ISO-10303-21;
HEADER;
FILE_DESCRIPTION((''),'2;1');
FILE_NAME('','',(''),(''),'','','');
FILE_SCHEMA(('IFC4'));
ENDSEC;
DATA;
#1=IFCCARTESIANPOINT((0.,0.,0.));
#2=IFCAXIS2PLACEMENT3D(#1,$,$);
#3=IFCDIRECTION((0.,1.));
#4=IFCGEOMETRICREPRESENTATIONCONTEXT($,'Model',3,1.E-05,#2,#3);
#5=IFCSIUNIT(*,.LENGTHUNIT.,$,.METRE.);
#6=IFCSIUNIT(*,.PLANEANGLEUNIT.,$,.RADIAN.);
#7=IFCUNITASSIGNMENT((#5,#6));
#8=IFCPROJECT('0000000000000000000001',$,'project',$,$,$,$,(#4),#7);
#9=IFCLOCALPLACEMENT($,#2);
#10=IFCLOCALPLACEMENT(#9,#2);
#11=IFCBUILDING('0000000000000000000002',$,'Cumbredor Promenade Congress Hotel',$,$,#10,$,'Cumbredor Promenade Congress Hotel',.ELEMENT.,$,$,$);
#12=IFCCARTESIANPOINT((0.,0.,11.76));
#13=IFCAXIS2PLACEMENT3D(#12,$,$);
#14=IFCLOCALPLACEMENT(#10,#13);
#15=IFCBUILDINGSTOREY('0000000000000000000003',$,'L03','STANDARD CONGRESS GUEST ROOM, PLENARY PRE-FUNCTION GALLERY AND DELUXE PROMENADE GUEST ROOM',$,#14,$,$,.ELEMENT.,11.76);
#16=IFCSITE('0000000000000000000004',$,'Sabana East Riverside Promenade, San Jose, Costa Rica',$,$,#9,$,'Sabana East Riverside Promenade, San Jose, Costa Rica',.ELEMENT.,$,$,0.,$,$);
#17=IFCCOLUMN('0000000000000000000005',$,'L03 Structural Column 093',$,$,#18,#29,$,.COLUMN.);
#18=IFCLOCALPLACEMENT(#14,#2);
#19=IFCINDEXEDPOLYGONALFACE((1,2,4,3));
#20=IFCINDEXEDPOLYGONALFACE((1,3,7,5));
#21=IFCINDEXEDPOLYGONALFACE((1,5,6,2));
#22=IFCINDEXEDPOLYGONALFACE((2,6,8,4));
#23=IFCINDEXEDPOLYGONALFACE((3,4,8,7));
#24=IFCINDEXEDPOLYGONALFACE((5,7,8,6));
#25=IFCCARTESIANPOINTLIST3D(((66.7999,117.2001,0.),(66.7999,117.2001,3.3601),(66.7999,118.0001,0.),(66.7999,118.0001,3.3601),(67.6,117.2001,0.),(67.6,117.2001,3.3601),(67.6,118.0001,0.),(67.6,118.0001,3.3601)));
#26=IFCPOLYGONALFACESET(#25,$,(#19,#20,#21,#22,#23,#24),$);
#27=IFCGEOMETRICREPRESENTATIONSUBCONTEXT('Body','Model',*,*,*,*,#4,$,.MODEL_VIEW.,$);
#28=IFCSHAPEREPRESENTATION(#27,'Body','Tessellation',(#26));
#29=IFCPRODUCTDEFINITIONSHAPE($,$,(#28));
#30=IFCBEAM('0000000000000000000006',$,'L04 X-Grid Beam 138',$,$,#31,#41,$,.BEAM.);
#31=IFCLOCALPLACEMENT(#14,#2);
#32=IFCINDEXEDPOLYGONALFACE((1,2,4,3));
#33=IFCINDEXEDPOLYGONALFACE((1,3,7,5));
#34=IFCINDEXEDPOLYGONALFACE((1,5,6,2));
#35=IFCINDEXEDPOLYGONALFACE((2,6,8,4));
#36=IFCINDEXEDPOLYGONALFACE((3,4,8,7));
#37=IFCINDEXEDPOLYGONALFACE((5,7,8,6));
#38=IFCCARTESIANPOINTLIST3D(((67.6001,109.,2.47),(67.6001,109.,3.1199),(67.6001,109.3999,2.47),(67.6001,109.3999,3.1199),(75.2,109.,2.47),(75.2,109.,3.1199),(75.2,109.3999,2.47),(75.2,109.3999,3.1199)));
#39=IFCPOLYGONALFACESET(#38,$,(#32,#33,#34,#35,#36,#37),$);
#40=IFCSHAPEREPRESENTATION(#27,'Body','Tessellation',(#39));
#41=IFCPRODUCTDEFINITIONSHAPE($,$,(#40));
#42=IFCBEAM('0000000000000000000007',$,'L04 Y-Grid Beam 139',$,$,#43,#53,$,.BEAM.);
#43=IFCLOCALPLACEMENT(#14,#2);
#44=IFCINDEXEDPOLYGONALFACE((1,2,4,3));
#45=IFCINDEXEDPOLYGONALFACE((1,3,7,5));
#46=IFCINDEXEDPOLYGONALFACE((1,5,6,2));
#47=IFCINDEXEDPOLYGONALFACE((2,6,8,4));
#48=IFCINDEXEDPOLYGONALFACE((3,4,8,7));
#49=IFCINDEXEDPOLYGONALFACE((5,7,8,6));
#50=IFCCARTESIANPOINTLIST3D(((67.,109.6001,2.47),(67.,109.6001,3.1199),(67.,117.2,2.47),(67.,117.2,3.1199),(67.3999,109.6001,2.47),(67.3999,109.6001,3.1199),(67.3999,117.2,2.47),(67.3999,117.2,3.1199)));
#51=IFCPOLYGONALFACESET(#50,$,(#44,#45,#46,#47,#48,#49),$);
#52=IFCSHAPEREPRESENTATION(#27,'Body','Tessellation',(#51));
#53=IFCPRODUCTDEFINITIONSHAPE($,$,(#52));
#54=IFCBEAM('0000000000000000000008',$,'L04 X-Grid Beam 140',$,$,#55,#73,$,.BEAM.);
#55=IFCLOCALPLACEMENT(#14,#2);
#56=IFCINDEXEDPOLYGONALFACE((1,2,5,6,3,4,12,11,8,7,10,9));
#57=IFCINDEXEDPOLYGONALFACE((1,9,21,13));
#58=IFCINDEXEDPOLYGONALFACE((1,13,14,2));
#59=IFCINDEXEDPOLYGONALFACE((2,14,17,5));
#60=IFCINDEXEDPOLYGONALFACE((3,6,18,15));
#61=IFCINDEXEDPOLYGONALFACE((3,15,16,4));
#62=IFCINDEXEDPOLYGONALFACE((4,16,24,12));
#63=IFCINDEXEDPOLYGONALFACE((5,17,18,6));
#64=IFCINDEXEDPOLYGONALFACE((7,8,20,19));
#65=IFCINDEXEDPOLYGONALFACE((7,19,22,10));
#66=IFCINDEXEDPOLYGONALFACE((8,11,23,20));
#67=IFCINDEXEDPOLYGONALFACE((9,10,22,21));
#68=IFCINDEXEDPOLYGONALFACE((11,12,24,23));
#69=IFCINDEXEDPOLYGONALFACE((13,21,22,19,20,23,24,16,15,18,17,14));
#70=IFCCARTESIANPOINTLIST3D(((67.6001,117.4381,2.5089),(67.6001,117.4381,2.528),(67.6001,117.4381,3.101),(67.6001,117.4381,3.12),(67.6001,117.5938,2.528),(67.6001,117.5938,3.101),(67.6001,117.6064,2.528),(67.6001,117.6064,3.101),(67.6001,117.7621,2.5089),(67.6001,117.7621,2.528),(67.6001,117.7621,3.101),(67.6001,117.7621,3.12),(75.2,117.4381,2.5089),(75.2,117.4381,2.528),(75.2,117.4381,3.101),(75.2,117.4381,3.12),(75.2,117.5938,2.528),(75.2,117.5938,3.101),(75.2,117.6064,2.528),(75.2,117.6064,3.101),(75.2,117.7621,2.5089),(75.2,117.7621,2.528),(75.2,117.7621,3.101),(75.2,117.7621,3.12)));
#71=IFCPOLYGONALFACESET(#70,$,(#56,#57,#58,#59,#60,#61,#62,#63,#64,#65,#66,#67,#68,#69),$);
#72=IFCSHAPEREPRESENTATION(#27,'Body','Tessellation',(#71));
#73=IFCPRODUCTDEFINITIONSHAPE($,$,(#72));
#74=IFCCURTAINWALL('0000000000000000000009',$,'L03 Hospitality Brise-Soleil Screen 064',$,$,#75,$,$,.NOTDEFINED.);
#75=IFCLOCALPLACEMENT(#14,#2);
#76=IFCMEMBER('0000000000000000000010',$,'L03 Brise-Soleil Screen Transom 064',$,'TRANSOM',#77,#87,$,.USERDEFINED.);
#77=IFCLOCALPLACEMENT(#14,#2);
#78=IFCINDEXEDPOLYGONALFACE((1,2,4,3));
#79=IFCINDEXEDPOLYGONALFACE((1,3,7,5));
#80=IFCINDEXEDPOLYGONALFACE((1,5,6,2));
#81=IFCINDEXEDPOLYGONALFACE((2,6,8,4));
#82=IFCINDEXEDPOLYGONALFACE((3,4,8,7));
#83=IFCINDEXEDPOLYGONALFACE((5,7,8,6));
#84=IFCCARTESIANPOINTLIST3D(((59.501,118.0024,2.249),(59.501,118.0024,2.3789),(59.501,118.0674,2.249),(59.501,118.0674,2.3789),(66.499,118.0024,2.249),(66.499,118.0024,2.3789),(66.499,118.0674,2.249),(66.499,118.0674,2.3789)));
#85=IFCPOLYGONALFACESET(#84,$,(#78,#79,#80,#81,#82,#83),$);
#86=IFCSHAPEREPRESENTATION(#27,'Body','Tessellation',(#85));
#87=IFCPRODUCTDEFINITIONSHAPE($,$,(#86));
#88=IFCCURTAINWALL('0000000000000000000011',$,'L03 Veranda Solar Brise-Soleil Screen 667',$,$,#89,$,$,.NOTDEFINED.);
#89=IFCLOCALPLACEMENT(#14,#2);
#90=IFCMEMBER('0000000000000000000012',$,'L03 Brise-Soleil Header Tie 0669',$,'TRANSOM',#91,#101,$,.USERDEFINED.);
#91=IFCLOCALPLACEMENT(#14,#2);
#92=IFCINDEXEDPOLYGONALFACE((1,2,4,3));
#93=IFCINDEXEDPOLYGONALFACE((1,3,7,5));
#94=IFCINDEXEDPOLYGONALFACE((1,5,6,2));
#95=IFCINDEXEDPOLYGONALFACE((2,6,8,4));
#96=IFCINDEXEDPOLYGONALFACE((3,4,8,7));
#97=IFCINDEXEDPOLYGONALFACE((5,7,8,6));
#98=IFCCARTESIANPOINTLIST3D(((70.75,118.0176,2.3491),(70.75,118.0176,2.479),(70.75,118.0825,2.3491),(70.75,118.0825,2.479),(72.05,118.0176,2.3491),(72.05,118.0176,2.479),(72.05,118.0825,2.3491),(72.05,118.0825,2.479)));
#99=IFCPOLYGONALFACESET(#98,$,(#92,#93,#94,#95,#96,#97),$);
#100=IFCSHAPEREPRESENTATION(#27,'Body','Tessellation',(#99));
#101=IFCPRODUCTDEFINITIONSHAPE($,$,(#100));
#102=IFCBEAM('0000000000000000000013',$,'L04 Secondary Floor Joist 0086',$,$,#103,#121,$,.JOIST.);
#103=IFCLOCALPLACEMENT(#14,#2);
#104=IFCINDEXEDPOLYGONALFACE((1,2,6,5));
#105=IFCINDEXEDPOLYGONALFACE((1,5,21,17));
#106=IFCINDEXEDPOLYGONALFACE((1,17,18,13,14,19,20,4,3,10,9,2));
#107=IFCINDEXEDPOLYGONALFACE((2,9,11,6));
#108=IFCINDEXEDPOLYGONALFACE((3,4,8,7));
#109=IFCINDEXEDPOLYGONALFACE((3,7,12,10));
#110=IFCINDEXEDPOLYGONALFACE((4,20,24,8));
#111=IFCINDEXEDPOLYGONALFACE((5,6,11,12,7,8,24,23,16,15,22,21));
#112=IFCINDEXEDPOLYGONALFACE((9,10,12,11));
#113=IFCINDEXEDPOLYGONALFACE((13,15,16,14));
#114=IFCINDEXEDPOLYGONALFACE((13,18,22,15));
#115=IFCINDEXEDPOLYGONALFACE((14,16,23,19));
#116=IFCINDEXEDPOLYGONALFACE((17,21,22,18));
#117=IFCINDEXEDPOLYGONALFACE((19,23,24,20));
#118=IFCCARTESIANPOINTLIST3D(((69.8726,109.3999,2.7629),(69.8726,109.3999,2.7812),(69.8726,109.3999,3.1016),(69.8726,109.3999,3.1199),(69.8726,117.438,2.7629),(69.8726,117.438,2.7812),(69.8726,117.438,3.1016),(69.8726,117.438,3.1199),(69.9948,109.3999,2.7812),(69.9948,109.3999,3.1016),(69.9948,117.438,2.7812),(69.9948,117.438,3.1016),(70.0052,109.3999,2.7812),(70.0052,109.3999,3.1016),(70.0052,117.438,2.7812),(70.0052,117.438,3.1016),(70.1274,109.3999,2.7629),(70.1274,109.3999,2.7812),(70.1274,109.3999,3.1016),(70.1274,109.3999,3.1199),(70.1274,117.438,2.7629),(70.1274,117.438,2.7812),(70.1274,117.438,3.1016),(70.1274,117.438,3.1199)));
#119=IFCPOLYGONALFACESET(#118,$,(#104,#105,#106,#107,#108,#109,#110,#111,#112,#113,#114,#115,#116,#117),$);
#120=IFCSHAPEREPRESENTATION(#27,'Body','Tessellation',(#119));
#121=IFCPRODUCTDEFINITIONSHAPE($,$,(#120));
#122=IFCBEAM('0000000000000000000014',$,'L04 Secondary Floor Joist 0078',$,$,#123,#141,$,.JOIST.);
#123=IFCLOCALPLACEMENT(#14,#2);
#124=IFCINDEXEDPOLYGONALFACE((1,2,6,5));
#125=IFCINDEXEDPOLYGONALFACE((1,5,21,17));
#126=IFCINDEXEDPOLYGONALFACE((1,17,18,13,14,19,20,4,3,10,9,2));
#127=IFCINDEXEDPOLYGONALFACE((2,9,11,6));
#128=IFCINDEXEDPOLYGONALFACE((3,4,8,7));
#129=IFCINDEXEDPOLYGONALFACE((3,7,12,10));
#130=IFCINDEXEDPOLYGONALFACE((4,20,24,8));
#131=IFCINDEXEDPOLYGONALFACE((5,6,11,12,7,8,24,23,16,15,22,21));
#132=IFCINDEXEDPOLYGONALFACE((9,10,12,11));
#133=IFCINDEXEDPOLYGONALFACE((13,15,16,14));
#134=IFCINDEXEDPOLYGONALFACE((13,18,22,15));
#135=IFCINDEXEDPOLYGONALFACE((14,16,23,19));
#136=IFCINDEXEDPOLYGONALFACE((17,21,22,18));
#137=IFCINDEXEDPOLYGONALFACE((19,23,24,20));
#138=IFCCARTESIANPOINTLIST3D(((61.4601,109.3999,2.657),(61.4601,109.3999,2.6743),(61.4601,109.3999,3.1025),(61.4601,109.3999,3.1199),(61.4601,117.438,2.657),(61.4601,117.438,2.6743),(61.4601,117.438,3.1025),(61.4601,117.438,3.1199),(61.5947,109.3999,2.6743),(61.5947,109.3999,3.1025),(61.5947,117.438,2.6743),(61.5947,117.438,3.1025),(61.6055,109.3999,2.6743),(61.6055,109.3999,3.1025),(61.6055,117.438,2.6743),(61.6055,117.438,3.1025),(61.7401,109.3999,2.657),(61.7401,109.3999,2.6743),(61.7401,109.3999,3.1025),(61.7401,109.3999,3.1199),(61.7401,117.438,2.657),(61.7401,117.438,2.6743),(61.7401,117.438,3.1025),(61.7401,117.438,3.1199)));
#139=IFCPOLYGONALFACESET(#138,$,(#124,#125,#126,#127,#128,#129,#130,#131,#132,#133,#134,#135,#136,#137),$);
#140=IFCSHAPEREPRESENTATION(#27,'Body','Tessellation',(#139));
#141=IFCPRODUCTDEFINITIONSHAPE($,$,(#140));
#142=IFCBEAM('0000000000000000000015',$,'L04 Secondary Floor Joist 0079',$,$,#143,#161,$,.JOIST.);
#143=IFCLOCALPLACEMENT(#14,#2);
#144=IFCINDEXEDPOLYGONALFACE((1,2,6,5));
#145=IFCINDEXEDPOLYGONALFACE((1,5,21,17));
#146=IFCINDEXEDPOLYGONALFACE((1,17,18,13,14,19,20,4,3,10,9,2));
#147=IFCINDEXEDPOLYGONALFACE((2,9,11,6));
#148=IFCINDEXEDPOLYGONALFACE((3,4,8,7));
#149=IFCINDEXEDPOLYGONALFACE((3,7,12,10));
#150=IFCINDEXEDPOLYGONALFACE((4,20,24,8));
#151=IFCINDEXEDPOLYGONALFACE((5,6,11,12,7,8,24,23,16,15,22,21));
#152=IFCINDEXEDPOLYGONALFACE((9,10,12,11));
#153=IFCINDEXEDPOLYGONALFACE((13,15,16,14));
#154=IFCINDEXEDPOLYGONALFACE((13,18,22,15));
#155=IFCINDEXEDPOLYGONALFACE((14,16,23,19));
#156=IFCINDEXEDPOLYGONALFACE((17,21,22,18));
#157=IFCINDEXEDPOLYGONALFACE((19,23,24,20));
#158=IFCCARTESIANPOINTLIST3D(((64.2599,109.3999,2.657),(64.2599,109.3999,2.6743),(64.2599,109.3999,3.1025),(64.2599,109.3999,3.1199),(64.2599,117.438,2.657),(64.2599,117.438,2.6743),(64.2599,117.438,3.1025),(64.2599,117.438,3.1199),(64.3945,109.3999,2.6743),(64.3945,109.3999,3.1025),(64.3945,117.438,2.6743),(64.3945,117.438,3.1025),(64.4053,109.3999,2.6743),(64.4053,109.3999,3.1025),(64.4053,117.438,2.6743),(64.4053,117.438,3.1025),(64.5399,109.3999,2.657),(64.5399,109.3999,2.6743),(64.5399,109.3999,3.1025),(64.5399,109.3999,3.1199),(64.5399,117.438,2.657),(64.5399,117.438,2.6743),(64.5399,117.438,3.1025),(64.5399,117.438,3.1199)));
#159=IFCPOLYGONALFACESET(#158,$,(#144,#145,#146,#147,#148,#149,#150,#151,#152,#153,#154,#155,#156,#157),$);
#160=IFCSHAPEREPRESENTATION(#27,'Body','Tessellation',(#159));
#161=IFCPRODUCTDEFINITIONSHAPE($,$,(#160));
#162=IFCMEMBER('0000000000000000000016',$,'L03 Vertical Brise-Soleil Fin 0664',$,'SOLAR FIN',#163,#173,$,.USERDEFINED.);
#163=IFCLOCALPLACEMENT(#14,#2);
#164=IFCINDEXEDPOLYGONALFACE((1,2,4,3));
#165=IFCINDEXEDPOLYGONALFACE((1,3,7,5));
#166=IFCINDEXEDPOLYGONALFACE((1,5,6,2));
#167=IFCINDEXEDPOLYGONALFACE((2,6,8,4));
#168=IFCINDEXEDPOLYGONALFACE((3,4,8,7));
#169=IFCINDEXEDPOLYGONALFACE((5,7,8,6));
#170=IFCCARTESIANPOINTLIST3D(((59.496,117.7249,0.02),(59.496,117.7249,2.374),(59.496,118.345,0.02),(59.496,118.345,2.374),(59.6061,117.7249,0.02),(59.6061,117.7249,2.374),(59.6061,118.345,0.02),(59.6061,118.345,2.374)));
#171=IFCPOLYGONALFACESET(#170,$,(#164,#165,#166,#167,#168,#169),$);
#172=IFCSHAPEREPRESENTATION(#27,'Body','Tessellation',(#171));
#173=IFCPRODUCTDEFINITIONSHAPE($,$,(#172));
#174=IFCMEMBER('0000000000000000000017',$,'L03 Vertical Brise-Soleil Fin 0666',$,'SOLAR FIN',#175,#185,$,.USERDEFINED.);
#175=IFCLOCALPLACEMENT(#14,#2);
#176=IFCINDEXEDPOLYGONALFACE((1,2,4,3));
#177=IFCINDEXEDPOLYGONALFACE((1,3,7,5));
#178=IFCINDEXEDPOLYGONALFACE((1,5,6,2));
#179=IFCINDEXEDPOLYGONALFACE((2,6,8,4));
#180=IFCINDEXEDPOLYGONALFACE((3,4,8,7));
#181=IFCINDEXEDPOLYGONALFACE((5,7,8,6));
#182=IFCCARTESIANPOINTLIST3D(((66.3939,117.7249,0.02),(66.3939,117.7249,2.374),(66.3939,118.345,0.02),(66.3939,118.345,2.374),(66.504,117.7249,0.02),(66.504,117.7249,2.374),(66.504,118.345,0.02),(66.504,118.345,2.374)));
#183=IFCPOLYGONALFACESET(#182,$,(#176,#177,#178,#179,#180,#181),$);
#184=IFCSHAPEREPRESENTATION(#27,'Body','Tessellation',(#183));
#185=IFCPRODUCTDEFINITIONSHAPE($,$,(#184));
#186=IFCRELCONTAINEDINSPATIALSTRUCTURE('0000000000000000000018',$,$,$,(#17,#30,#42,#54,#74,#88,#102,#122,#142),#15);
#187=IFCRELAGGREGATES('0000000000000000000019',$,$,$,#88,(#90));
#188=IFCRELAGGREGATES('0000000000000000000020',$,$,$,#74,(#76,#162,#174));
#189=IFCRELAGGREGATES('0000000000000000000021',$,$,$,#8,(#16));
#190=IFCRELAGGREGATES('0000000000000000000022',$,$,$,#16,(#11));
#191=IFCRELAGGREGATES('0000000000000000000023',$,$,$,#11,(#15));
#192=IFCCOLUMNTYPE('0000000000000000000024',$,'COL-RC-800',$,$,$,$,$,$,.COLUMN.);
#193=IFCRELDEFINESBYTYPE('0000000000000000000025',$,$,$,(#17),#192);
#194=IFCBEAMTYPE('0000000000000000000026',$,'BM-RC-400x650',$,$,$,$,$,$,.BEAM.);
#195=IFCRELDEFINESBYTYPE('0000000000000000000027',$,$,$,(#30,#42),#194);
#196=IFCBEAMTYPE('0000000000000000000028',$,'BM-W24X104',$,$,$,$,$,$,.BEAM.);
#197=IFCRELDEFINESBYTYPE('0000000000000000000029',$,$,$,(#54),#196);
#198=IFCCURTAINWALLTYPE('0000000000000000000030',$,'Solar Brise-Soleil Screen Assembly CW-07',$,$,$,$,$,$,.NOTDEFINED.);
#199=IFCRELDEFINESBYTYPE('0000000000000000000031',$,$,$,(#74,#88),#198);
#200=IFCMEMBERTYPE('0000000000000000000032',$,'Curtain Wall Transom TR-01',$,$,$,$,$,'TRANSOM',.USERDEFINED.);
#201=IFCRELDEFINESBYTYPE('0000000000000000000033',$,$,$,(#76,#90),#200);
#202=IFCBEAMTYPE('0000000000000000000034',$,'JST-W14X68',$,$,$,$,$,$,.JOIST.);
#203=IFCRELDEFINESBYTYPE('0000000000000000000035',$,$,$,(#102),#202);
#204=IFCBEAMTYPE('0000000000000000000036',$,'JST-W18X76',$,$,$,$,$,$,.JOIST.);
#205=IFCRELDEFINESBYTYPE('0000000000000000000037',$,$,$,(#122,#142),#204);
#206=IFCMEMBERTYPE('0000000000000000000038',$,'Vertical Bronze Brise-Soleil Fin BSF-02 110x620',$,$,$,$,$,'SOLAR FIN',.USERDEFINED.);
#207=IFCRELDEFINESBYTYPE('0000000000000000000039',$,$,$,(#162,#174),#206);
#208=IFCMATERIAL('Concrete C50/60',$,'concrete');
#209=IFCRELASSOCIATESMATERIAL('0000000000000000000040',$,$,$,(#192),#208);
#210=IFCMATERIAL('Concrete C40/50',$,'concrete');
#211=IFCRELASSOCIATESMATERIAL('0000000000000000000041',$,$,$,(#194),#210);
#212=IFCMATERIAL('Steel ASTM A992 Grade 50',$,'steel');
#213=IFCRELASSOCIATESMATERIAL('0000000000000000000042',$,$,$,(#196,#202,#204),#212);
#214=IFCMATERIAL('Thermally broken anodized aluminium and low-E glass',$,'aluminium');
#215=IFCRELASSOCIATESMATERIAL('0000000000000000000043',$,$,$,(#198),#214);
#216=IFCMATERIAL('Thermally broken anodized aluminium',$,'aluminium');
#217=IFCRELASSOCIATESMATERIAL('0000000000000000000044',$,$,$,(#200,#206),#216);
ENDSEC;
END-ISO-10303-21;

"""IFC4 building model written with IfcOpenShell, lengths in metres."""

from ifc_helpers import new_model, si_unit, direction, frame, origin, origin_2d, place, context, subcontext, project, spatial, rectangle, i_section, extrude, material, material_profile, profile_set, type_object, element, aggregate, save


model = new_model("IFC4")

# Units and contexts
model_context = context("Model", 3, precision=1e-05, world=origin(), true_north=direction((0.0, 1.0)))
body_context = subcontext(model_context, "Body", "Model", "MODEL_VIEW")
ifc_project = project(units=[si_unit("LENGTHUNIT", "METRE"), si_unit("PLANEANGLEUNIT", "RADIAN")], contexts=[model_context])

# Site, building, storey
site_placement = place(None, origin())
site = spatial("IfcSite", under=ifc_project, at=site_placement, Name="Sabana East Riverside Promenade, San Jose, Costa Rica", LongName="Sabana East Riverside Promenade, San Jose, Costa Rica", CompositionType="ELEMENT", RefElevation=0.0)
building_placement = place(site_placement, origin())
building = spatial("IfcBuilding", under=site, at=building_placement, Name="Cumbredor Promenade Congress Hotel", LongName="Cumbredor Promenade Congress Hotel", CompositionType="ELEMENT")
storey_placement = place(building_placement, frame((0.0, 0.0, 11.76)))
storey = spatial("IfcBuildingStorey", under=building, at=storey_placement, Name="L03", Description="STANDARD CONGRESS GUEST ROOM, PLENARY PRE-FUNCTION GALLERY AND DELUXE PROMENADE GUEST ROOM", CompositionType="ELEMENT", Elevation=11.76)

# Column
ifc_material_1 = material(Name="Concrete C50/60", Category="concrete")
ifc_material_profile_1 = material_profile(ifc_material_1, rectangle(XDim=0.8, YDim=0.8, at=origin_2d()), Name="RC 800x800")
ifc_profile_set_1 = profile_set([ifc_material_profile_1], Name="Concrete C50/60")
column_type = type_object("IfcColumnType", Name="COL-RC-800", PredefinedType="COLUMN", material=ifc_profile_set_1)
column_placement = place(storey_placement, frame((67.2, 117.6001, 0.0), z_axis=(0.0, 0.0, 1.0), x_axis=(1.0, 0.0, 0.0)))
element("IfcColumn", 1, at=column_placement, inside=storey, type_object=column_type, Name="L03 Structural Column 093", PredefinedType="COLUMN", context=body_context, shape_type="SweptSolid", body=[
    extrude(rectangle(XDim=0.8, YDim=0.8, at=origin_2d()), origin(), (0.0, 0.0, 1.0), 3.3601),
])

# Beams
ifc_material_2 = material(Name="Concrete C40/50", Category="concrete")
ifc_material_profile_2 = material_profile(ifc_material_2, rectangle(XDim=0.3999, YDim=0.6499, at=origin_2d()), Name="RC BEAM 400x650")
ifc_profile_set_2 = profile_set([ifc_material_profile_2], Name="Concrete C40/50")
beam_type_1 = type_object("IfcBeamType", Name="BM-RC-400x650", PredefinedType="BEAM", material=ifc_profile_set_2)
for number, where, z_axis, x_axis, name in (
    (2, (67.6001, 109.2, 2.7949), (1.0, 0.0, 0.0), (0.0, 1.0, 0.0), "L04 X-Grid Beam 138"),
    (3, (67.2, 109.6001, 2.7949), (0.0, 1.0, 0.0), (-1.0, 0.0, 0.0), "L04 Y-Grid Beam 139"),
):
    element("IfcBeam", number, at=place(storey_placement, frame(where, z_axis=z_axis, x_axis=x_axis)), inside=storey, type_object=beam_type_1, Name=name, PredefinedType="BEAM", context=body_context, shape_type="SweptSolid", body=[
        extrude(rectangle(XDim=0.3999, YDim=0.6499, at=origin_2d()), origin(), (0.0, 0.0, 1.0), 7.5999),
    ])
ifc_material_3 = material(Name="Steel ASTM A992 Grade 50", Category="steel")
ifc_material_profile_3 = material_profile(ifc_material_3, i_section(OverallWidth=0.324, OverallDepth=0.6111, WebThickness=0.0127, FlangeThickness=0.019, at=origin_2d()), Name="W24X104")
ifc_profile_set_3 = profile_set([ifc_material_profile_3], Name="Steel ASTM A992 Grade 50")
beam_type_2 = type_object("IfcBeamType", Name="BM-W24X104", PredefinedType="BEAM", material=ifc_profile_set_3)
beam_1_placement = place(storey_placement, frame((67.6001, 117.6001, 2.8145), z_axis=(1.0, 0.0, 0.0), x_axis=(0.0, 1.0, 0.0)))
element("IfcBeam", 4, at=beam_1_placement, inside=storey, type_object=beam_type_2, Name="L04 X-Grid Beam 140", PredefinedType="BEAM", context=body_context, shape_type="SweptSolid", body=[
    extrude(i_section(OverallWidth=0.324, OverallDepth=0.6111, WebThickness=0.0127, FlangeThickness=0.019, at=origin_2d()), origin(), (0.0, 0.0, 1.0), 7.5999),
])

# Curtain walls, members
ifc_material_4 = material(Name="Thermally broken anodized aluminium and low-E glass", Category="aluminium")
curtain_wall_type = type_object("IfcCurtainWallType", Name="Solar Brise-Soleil Screen Assembly CW-07", PredefinedType="NOTDEFINED", material=ifc_material_4)
curtain_wall_1_placement = place(storey_placement, origin())
curtain_wall_1 = element("IfcCurtainWall", 5, at=curtain_wall_1_placement, inside=storey, type_object=curtain_wall_type, Name="L03 Hospitality Brise-Soleil Screen 064", PredefinedType="NOTDEFINED")
ifc_material_5 = material(Name="Thermally broken anodized aluminium", Category="aluminium")
ifc_material_profile_4 = material_profile(ifc_material_5, rectangle(XDim=0.0649, YDim=0.1299, at=origin_2d()), Name="ALU TRANSOM 65x130")
ifc_profile_set_4 = profile_set([ifc_material_profile_4], Name="Thermally broken anodized aluminium")
member_type_1 = type_object("IfcMemberType", Name="Curtain Wall Transom TR-01", ElementType="TRANSOM", PredefinedType="USERDEFINED", material=ifc_profile_set_4)
member_1_placement = place(storey_placement, frame((59.501, 118.0349, 2.314), z_axis=(1.0, 0.0, 0.0), x_axis=(0.0, 1.0, 0.0)))
member_1 = element("IfcMember", 6, at=member_1_placement, type_object=member_type_1, Name="L03 Brise-Soleil Screen Transom 064", ObjectType="TRANSOM", PredefinedType="USERDEFINED", context=body_context, shape_type="SweptSolid", body=[
    extrude(rectangle(XDim=0.0649, YDim=0.1299, at=origin_2d()), origin(), (0.0, 0.0, 1.0), 6.998),
])
curtain_wall_2_placement = place(storey_placement, origin())
curtain_wall_2 = element("IfcCurtainWall", 7, at=curtain_wall_2_placement, inside=storey, type_object=curtain_wall_type, Name="L03 Veranda Solar Brise-Soleil Screen 667", PredefinedType="NOTDEFINED")
member_2_placement = place(storey_placement, frame((70.75, 118.05, 2.4141), z_axis=(1.0, 0.0, 0.0), x_axis=(0.0, 1.0, 0.0)))
member_2 = element("IfcMember", 8, at=member_2_placement, type_object=member_type_1, Name="L03 Brise-Soleil Header Tie 0669", ObjectType="TRANSOM", PredefinedType="USERDEFINED", context=body_context, shape_type="SweptSolid", body=[
    extrude(rectangle(XDim=0.0649, YDim=0.1299, at=origin_2d()), origin(), (0.0, 0.0, 1.0), 1.3),
])

# Beams
ifc_material_profile_5 = material_profile(ifc_material_3, i_section(OverallWidth=0.2549, OverallDepth=0.3569, WebThickness=0.0105, FlangeThickness=0.0183, at=origin_2d()), Name="W14X68")
ifc_profile_set_5 = profile_set([ifc_material_profile_5], Name="Steel ASTM A992 Grade 50")
beam_type_3 = type_object("IfcBeamType", Name="JST-W14X68", PredefinedType="JOIST", material=ifc_profile_set_5)
beam_2_placement = place(storey_placement, frame((70.0, 109.3999, 2.9414), z_axis=(0.0, 1.0, 0.0), x_axis=(-1.0, 0.0, 0.0)))
element("IfcBeam", 9, at=beam_2_placement, inside=storey, type_object=beam_type_3, Name="L04 Secondary Floor Joist 0086", PredefinedType="JOIST", context=body_context, shape_type="SweptSolid", body=[
    extrude(i_section(OverallWidth=0.2549, OverallDepth=0.3569, WebThickness=0.0105, FlangeThickness=0.0183, at=origin_2d()), origin(), (0.0, 0.0, 1.0), 8.0381),
])
ifc_material_profile_6 = material_profile(ifc_material_3, i_section(OverallWidth=0.28, OverallDepth=0.4629, WebThickness=0.0107, FlangeThickness=0.0173, at=origin_2d()), Name="W18X76")
ifc_profile_set_6 = profile_set([ifc_material_profile_6], Name="Steel ASTM A992 Grade 50")
beam_type_4 = type_object("IfcBeamType", Name="JST-W18X76", PredefinedType="JOIST", material=ifc_profile_set_6)
for number, where, z_axis, x_axis, name in (
    (10, (61.6001, 109.3999, 2.8884), (0.0, 1.0, 0.0), (-1.0, 0.0, 0.0), "L04 Secondary Floor Joist 0078"),
    (11, (64.3999, 109.3999, 2.8884), (0.0, 1.0, 0.0), (-1.0, 0.0, 0.0), "L04 Secondary Floor Joist 0079"),
):
    element("IfcBeam", number, at=place(storey_placement, frame(where, z_axis=z_axis, x_axis=x_axis)), inside=storey, type_object=beam_type_4, Name=name, PredefinedType="JOIST", context=body_context, shape_type="SweptSolid", body=[
        extrude(i_section(OverallWidth=0.28, OverallDepth=0.4629, WebThickness=0.0107, FlangeThickness=0.0173, at=origin_2d()), origin(), (0.0, 0.0, 1.0), 8.0381),
    ])

# Members
ifc_material_profile_7 = material_profile(ifc_material_5, rectangle(XDim=0.1101, YDim=0.6201, at=origin_2d()), Name="ARCH FIN 110x620")
ifc_profile_set_7 = profile_set([ifc_material_profile_7], Name="Thermally broken anodized aluminium")
member_type_2 = type_object("IfcMemberType", Name="Vertical Bronze Brise-Soleil Fin BSF-02 110x620", ElementType="SOLAR FIN", PredefinedType="USERDEFINED", material=ifc_profile_set_7)
member_3_placement = place(storey_placement, frame((59.551, 118.0349, 0.02), z_axis=(0.0, 0.0, 1.0), x_axis=(1.0, 0.0, 0.0)))
member_3 = element("IfcMember", 12, at=member_3_placement, type_object=member_type_2, Name="L03 Vertical Brise-Soleil Fin 0664", ObjectType="SOLAR FIN", PredefinedType="USERDEFINED", context=body_context, shape_type="SweptSolid", body=[
    extrude(rectangle(XDim=0.1101, YDim=0.6201, at=origin_2d()), origin(), (0.0, 0.0, 1.0), 2.354),
])
member_4_placement = place(storey_placement, frame((66.449, 118.0349, 0.02), z_axis=(0.0, 0.0, 1.0), x_axis=(1.0, 0.0, 0.0)))
member_4 = element("IfcMember", 13, at=member_4_placement, type_object=member_type_2, Name="L03 Vertical Brise-Soleil Fin 0666", ObjectType="SOLAR FIN", PredefinedType="USERDEFINED", context=body_context, shape_type="SweptSolid", body=[
    extrude(rectangle(XDim=0.1101, YDim=0.6201, at=origin_2d()), origin(), (0.0, 0.0, 1.0), 2.354),
])
aggregate(curtain_wall_2, [member_2])

aggregate(curtain_wall_1, [member_1, member_3, member_4])

save(model, "model.ifc")
